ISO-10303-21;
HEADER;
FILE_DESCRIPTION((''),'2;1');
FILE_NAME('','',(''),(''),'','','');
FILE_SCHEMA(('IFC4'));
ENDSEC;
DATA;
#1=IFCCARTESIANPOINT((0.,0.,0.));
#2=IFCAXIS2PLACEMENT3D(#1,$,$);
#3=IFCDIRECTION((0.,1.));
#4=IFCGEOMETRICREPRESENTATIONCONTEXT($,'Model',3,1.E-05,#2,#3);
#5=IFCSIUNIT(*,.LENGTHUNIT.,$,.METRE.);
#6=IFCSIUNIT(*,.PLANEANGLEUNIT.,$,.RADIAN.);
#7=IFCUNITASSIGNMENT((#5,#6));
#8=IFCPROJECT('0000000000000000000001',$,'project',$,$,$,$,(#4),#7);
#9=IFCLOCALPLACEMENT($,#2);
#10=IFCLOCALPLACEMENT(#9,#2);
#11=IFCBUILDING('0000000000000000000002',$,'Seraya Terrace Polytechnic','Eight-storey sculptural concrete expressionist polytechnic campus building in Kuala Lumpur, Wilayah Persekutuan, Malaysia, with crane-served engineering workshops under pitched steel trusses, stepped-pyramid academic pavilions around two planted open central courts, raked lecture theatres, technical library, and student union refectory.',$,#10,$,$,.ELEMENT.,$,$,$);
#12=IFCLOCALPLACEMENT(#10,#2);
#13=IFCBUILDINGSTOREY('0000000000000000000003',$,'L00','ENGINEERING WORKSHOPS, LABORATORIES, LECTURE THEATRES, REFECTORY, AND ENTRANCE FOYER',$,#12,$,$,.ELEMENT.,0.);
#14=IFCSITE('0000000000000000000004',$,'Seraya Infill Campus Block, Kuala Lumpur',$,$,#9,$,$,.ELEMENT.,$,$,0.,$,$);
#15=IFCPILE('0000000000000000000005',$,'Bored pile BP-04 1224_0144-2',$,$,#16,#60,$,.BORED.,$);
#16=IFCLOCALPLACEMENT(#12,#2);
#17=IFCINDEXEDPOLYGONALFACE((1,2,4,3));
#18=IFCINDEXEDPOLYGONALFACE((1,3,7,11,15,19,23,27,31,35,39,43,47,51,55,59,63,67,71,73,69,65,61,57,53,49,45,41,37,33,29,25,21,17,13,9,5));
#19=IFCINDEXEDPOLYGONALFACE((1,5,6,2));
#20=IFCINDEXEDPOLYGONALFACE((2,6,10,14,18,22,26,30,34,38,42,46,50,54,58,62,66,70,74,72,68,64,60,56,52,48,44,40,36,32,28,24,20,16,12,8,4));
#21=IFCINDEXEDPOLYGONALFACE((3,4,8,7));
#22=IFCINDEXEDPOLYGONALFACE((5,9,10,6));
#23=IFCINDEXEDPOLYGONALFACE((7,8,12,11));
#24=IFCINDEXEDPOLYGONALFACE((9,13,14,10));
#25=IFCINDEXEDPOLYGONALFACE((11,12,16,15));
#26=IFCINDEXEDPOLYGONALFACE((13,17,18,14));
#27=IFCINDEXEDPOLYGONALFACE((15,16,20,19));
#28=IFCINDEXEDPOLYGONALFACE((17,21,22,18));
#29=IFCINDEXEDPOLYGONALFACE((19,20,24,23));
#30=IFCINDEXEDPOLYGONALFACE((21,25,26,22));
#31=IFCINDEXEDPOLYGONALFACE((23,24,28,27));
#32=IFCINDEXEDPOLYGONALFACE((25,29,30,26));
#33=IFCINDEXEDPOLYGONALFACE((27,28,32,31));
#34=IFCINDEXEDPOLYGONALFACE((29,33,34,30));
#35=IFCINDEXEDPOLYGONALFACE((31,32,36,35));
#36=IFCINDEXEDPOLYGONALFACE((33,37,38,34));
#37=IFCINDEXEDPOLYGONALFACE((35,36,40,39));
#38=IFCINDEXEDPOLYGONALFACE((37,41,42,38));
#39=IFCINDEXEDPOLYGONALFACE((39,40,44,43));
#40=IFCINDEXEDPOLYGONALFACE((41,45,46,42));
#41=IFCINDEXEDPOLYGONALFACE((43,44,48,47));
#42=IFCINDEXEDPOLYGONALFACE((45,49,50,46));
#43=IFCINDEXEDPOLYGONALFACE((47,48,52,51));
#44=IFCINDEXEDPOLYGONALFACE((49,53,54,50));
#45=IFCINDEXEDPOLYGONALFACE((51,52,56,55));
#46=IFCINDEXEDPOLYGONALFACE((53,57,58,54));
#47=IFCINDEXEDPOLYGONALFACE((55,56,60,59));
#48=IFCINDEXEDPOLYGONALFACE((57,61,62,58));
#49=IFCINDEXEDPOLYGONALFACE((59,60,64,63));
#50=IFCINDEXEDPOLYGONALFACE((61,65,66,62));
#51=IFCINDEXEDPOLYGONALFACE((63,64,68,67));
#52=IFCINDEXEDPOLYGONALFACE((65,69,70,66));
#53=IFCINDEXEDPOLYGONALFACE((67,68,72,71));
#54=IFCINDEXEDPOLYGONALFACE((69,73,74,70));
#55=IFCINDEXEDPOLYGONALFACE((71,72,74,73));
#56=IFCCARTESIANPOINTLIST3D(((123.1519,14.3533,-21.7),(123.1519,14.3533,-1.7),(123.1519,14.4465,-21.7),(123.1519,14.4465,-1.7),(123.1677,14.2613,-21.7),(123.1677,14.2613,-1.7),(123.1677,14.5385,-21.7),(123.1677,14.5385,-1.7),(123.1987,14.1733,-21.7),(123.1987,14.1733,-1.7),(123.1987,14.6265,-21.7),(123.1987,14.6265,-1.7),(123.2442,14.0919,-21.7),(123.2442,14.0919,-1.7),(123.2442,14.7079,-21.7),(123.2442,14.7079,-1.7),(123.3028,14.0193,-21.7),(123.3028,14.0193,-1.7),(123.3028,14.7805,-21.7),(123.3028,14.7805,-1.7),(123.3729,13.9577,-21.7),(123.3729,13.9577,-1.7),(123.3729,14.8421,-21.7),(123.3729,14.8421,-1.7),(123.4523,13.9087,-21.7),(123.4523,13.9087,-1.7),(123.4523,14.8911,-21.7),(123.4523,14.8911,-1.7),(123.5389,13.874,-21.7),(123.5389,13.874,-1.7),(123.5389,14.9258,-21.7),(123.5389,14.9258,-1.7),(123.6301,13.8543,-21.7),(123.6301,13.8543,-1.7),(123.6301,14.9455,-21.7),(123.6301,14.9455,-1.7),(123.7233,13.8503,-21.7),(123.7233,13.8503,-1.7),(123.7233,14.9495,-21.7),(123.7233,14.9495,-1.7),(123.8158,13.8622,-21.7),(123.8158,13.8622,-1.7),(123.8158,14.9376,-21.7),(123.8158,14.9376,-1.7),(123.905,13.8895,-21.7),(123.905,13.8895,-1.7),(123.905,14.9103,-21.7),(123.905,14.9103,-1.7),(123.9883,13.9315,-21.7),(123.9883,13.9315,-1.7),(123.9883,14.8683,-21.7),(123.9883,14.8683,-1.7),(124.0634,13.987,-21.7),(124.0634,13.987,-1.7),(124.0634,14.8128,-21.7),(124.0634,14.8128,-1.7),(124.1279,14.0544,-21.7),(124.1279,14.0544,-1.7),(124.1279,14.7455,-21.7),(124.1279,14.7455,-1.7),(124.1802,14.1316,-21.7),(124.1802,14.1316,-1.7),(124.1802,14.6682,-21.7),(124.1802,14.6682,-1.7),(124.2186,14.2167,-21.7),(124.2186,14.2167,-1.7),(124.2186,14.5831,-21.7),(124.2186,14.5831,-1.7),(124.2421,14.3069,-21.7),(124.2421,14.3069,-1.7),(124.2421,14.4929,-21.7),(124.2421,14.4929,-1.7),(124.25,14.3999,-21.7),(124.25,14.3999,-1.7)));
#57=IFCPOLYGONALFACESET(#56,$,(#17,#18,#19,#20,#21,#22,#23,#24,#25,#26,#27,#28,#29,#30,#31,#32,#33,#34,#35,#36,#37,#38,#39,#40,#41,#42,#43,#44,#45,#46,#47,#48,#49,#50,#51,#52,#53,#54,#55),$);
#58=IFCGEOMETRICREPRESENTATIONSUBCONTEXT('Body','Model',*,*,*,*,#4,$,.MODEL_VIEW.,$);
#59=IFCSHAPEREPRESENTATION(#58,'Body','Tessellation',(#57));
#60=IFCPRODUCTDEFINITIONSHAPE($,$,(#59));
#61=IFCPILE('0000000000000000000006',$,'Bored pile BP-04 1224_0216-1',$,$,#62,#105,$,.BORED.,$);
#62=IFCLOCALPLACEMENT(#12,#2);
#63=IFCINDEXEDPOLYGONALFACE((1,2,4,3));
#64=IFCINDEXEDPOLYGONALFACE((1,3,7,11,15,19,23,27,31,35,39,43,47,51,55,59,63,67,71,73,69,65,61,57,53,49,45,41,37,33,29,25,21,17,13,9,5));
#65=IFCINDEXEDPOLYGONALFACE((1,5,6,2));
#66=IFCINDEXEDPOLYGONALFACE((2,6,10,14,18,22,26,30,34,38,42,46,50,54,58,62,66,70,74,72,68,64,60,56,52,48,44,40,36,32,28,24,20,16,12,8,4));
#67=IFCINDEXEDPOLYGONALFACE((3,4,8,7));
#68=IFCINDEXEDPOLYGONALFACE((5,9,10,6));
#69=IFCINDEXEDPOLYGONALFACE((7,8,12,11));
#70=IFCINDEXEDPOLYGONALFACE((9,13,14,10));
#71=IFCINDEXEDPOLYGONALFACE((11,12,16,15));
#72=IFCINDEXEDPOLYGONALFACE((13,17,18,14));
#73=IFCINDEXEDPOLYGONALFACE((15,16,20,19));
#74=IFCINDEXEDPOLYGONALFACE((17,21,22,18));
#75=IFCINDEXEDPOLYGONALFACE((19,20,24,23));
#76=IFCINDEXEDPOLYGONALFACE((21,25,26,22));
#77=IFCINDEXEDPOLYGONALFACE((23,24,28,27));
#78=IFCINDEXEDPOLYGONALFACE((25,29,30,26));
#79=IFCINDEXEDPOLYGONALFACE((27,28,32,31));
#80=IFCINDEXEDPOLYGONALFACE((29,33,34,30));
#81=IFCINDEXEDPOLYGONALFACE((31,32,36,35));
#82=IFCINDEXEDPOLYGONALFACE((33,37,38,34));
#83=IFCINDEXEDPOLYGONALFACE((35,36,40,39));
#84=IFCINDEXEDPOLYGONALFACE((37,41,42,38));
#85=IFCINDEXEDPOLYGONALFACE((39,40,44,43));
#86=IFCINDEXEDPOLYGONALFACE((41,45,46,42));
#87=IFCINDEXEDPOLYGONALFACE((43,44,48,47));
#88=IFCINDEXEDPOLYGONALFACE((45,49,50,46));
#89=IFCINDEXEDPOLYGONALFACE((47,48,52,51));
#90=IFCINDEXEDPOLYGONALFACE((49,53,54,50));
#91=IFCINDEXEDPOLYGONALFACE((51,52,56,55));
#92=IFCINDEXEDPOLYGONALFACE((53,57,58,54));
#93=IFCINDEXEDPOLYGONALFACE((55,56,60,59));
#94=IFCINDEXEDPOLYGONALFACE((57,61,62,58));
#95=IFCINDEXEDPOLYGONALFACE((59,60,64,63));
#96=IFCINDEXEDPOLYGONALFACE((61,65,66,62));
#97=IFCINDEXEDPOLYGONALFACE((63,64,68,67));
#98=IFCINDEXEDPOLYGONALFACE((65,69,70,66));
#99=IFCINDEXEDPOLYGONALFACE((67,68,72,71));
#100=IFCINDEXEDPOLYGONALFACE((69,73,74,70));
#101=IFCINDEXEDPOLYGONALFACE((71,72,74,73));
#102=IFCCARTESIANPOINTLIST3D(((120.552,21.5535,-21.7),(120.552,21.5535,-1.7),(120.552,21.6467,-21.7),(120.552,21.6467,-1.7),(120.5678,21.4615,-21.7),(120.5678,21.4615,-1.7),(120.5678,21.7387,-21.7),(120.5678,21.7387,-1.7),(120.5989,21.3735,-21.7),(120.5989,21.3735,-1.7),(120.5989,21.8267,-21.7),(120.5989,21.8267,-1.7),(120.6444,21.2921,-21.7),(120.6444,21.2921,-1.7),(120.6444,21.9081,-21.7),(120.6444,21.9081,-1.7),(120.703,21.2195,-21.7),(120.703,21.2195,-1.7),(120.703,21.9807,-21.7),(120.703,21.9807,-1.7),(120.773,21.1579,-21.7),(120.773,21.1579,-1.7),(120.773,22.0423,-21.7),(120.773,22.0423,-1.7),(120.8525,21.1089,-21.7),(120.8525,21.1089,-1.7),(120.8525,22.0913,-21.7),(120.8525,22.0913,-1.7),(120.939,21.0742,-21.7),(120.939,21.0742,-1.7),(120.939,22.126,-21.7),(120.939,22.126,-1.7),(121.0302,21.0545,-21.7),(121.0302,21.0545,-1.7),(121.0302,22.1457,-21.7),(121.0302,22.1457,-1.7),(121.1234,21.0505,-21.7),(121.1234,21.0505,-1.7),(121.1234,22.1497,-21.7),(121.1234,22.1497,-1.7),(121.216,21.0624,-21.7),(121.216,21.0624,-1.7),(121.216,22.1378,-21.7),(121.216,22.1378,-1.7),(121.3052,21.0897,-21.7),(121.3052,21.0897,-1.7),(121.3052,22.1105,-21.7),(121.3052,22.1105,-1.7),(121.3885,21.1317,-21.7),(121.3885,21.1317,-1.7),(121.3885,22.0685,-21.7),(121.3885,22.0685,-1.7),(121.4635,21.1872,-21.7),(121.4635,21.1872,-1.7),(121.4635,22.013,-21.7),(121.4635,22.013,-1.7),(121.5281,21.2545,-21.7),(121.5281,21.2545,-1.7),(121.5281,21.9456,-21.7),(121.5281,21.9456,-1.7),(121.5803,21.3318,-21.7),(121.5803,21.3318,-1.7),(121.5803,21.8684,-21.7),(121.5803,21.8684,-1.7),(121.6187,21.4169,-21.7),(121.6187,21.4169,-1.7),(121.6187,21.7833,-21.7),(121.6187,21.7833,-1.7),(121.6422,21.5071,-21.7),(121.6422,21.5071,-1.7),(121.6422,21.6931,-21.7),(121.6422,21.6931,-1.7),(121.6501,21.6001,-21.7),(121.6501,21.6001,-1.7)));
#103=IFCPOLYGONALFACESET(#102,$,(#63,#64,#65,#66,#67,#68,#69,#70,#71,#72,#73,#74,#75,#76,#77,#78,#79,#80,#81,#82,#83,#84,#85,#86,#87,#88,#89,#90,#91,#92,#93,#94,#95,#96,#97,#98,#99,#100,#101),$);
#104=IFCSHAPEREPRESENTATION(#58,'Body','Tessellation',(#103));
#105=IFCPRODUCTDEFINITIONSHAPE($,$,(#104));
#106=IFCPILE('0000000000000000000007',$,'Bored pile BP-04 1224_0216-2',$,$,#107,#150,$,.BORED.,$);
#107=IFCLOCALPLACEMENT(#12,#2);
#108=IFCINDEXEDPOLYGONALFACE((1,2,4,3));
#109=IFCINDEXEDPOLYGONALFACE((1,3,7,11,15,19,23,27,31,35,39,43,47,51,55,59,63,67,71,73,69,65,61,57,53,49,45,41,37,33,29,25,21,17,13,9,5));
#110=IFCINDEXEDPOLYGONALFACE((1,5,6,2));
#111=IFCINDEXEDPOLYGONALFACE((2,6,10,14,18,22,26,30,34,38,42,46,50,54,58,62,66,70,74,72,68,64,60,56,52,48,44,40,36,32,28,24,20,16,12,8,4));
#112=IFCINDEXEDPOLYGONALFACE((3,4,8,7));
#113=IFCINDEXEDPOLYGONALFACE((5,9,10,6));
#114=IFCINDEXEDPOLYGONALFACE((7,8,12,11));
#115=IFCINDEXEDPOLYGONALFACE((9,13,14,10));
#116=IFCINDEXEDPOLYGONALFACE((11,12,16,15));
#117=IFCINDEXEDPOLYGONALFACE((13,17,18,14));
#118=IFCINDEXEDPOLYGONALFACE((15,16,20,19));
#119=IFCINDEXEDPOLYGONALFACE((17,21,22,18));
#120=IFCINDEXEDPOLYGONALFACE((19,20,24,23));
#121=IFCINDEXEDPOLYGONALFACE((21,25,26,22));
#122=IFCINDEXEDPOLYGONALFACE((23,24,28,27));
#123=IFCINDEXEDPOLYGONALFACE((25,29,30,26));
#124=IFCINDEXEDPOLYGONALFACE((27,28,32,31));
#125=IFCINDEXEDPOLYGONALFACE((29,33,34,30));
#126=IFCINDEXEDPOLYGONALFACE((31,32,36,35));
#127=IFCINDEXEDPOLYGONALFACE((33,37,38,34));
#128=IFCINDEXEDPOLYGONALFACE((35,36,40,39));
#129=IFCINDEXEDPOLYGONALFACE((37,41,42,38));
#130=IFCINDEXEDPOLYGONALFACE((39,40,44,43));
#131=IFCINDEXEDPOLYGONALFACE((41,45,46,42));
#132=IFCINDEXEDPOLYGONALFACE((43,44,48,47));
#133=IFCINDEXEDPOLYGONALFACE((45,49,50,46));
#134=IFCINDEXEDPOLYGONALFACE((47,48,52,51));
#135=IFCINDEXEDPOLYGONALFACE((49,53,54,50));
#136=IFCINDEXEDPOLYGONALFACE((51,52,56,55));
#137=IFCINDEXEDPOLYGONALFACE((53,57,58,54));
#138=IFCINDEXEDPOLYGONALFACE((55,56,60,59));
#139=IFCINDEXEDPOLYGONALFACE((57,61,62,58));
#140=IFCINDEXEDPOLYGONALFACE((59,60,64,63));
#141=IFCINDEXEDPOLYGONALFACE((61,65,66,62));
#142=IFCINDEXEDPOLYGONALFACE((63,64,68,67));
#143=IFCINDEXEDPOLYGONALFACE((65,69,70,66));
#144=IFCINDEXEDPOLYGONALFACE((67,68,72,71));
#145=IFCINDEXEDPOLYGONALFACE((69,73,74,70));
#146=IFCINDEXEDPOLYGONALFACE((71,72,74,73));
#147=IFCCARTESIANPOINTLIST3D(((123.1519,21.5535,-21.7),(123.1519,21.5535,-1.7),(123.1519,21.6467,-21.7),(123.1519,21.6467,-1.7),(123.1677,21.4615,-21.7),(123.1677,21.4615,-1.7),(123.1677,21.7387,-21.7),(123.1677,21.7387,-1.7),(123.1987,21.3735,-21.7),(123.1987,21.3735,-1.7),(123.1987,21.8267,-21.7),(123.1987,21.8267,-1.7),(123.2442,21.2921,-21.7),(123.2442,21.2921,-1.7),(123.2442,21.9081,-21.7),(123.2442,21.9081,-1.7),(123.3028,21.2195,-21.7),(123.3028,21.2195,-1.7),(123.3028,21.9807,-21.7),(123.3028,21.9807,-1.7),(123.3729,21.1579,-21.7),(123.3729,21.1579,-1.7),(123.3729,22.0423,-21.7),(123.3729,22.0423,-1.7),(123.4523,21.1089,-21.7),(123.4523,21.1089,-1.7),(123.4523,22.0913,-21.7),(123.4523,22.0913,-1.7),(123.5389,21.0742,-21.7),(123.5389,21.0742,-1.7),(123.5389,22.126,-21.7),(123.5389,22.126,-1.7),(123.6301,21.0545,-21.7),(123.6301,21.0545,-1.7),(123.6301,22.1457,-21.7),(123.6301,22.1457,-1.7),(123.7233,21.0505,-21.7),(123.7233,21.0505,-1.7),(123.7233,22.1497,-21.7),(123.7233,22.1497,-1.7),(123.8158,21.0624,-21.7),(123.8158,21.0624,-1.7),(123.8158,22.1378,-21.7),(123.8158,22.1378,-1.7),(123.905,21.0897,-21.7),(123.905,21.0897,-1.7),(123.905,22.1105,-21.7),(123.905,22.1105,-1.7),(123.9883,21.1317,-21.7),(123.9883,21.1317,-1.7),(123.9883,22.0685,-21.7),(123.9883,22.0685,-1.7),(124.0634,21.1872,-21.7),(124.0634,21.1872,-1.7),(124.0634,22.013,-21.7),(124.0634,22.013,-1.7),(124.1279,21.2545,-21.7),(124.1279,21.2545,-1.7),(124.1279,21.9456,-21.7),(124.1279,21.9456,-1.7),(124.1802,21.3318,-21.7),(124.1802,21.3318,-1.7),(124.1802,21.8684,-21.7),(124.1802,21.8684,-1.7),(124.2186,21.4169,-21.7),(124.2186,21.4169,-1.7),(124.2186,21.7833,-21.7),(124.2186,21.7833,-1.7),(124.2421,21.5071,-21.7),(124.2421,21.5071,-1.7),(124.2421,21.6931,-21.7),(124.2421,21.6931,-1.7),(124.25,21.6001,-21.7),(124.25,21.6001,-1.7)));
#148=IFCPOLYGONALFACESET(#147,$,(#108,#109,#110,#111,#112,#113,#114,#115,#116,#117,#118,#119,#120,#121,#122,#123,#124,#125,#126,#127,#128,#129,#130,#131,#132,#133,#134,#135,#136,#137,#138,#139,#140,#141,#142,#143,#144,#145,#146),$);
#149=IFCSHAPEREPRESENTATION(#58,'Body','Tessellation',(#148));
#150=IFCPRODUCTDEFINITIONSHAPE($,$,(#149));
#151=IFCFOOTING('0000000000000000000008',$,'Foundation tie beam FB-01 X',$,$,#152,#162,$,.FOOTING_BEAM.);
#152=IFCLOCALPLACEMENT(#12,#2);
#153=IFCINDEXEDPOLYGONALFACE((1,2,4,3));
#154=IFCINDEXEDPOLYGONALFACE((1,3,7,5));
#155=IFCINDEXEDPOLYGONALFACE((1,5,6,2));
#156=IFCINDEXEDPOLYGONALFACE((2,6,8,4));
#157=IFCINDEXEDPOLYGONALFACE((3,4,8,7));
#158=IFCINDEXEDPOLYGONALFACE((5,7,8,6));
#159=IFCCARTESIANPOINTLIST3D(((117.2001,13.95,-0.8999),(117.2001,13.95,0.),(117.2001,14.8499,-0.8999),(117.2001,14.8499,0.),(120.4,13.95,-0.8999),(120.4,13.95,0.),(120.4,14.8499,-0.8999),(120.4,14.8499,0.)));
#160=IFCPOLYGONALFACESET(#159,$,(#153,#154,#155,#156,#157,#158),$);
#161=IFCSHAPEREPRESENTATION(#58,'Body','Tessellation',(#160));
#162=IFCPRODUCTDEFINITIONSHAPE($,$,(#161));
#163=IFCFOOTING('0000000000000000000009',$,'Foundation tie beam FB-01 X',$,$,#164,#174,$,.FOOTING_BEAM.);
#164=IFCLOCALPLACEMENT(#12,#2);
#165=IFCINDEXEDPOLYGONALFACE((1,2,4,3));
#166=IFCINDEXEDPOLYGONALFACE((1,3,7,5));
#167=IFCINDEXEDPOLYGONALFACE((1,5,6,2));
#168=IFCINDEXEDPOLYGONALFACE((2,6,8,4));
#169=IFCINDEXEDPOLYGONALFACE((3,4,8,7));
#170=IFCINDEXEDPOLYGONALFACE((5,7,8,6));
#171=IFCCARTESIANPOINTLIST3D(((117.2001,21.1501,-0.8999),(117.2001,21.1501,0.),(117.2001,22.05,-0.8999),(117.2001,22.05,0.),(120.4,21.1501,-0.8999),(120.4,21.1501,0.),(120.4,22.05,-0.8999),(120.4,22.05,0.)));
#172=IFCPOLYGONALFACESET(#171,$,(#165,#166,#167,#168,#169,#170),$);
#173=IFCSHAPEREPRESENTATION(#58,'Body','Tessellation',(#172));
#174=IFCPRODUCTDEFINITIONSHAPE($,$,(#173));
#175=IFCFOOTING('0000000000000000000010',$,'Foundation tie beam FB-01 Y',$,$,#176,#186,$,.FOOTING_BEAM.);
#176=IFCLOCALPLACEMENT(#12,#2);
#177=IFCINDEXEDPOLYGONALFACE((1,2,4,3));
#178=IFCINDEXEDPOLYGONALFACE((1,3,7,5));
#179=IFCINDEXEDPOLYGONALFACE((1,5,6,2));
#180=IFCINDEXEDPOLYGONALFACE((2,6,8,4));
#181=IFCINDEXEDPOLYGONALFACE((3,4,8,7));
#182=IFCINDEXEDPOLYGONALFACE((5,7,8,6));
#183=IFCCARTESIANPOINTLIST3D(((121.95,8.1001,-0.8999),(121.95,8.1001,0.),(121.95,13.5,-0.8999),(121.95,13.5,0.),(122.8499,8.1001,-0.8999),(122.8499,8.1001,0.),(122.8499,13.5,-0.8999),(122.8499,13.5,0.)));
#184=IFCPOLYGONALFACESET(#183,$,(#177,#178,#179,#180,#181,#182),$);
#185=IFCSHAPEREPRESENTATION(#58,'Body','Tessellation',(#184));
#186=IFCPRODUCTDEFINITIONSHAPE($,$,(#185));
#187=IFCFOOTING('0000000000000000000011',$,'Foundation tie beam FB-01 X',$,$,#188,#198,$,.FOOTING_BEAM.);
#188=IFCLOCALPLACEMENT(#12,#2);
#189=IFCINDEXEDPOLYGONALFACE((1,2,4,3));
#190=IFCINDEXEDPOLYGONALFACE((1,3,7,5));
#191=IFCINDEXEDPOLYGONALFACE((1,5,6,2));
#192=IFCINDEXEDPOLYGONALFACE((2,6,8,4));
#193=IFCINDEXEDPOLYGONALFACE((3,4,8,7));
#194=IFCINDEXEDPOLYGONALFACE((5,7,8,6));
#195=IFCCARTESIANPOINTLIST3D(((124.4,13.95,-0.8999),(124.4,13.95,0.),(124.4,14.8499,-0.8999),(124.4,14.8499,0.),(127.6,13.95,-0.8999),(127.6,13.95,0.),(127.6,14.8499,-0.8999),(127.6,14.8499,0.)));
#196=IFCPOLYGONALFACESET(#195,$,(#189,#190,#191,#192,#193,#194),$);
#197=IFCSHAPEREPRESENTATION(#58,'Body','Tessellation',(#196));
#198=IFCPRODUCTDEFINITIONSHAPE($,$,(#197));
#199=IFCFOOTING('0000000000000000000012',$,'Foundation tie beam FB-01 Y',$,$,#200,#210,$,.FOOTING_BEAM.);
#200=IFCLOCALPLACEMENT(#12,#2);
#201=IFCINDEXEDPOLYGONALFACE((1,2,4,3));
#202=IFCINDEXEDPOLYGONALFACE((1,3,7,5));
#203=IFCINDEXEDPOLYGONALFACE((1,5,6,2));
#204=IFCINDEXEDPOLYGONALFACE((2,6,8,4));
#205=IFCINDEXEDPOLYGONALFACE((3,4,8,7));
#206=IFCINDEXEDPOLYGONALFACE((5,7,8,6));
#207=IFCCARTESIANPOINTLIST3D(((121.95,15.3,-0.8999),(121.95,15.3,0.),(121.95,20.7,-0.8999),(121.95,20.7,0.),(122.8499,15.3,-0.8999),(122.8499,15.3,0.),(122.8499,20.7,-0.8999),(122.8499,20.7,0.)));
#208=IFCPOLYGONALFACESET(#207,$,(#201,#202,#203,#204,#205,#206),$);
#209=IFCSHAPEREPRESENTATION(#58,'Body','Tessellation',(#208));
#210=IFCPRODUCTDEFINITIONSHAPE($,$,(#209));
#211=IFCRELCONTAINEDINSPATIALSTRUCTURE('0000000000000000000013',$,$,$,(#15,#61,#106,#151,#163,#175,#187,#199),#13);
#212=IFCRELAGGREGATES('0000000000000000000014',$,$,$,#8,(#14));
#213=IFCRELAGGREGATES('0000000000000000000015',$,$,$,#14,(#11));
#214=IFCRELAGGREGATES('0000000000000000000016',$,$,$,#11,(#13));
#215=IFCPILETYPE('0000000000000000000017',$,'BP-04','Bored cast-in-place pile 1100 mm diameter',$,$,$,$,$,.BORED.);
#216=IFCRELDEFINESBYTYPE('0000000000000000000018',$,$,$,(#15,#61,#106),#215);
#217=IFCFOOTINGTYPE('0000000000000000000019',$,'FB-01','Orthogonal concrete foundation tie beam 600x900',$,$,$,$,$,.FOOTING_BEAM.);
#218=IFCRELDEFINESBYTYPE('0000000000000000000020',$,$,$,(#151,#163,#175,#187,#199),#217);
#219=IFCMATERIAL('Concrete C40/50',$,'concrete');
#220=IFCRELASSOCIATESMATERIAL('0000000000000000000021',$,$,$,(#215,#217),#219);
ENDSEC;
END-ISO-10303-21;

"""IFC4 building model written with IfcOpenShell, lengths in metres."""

from ifc_helpers import new_model, si_unit, direction, frame, origin, origin_2d, place, context, subcontext, project, spatial, rectangle, circle, extrude, material, material_profile, profile_set, type_object, element, save


model = new_model("IFC4")

# Units and contexts
model_context = context("Model", 3, precision=1e-05, world=origin(), true_north=direction((0.0, 1.0)))
body_context = subcontext(model_context, "Body", "Model", "MODEL_VIEW")
ifc_project = project(units=[si_unit("LENGTHUNIT", "METRE"), si_unit("PLANEANGLEUNIT", "RADIAN")], contexts=[model_context])

# Site, building, storey
site_placement = place(None, origin())
site = spatial("IfcSite", under=ifc_project, at=site_placement, Name="Seraya Infill Campus Block, Kuala Lumpur", CompositionType="ELEMENT", RefElevation=0.0)
building_placement = place(site_placement, origin())
building = spatial("IfcBuilding", under=site, at=building_placement, Name="Seraya Terrace Polytechnic", Description="Eight-storey sculptural concrete expressionist polytechnic campus building in Kuala Lumpur, Wilayah Persekutuan, Malaysia, with crane-served engineering workshops under pitched steel trusses, stepped-pyramid academic pavilions around two planted open central courts, raked lecture theatres, technical library, and student union refectory.", CompositionType="ELEMENT")
storey_placement = place(building_placement, origin())
storey = spatial("IfcBuildingStorey", under=building, at=storey_placement, Name="L00", Description="ENGINEERING WORKSHOPS, LABORATORIES, LECTURE THEATRES, REFECTORY, AND ENTRANCE FOYER", CompositionType="ELEMENT", Elevation=0.0)

# Piles
ifc_material_1 = material(Name="Concrete C40/50", Category="concrete")
ifc_material_profile_1 = material_profile(ifc_material_1, circle(Radius=0.55, at=origin_2d()), Name="DIA 1100")
ifc_profile_set_1 = profile_set([ifc_material_profile_1], Name="Concrete C40/50")
pile_type_1 = type_object("IfcPileType", Name="BP-04", Description="Bored cast-in-place pile 1100 mm diameter", PredefinedType="BORED", material=ifc_profile_set_1)
for number, where, z_axis, x_axis, name in (
    (1, (123.7, 14.3999, -1.7), (0.0, 0.0, -1.0), (1.0, 0.0, 0.0), "Bored pile BP-04 1224_0144-2"),
    (2, (121.1001, 21.6001, -1.7), (0.0, 0.0, -1.0), (1.0, 0.0, 0.0), "Bored pile BP-04 1224_0216-1"),
    (3, (123.7, 21.6001, -1.7), (0.0, 0.0, -1.0), (1.0, 0.0, 0.0), "Bored pile BP-04 1224_0216-2"),
):
    element("IfcPile", number, at=place(storey_placement, frame(where, z_axis=z_axis, x_axis=x_axis)), inside=storey, type_object=pile_type_1, Name=name, PredefinedType="BORED", context=body_context, shape_type="SweptSolid", body=[
        extrude(circle(Radius=0.55, at=origin_2d()), origin(), (0.0, 0.0, 1.0), 20.0),
    ])

# Footings
footing_type_1 = type_object("IfcFootingType", Name="FB-01", Description="Orthogonal concrete foundation tie beam 600x900", PredefinedType="FOOTING_BEAM", material=ifc_material_1)
for number, where, z_axis, x_axis, name in (
    (4, (118.8, 14.3999, -0.8999), (0.0, 0.0, 1.0), (1.0, 0.0, 0.0), "Foundation tie beam FB-01 X"),
    (5, (118.8, 21.6001, -0.8999), (0.0, 0.0, 1.0), (1.0, 0.0, 0.0), "Foundation tie beam FB-01 X"),
):
    element("IfcFooting", number, at=place(storey_placement, frame(where, z_axis=z_axis, x_axis=x_axis)), inside=storey, type_object=footing_type_1, Name=name, PredefinedType="FOOTING_BEAM", context=body_context, shape_type="SweptSolid", body=[
        extrude(rectangle(XDim=3.2, YDim=0.8999, at=origin_2d()), origin(), (0.0, 0.0, 1.0), 0.8999),
    ])
footing_1_placement = place(storey_placement, frame((122.3999, 10.8, -0.8999), z_axis=(0.0, 0.0, 1.0), x_axis=(0.0, 1.0, 0.0)))
element("IfcFooting", 6, at=footing_1_placement, inside=storey, type_object=footing_type_1, Name="Foundation tie beam FB-01 Y", PredefinedType="FOOTING_BEAM", context=body_context, shape_type="SweptSolid", body=[
    extrude(rectangle(XDim=5.3999, YDim=0.8999, at=origin_2d()), origin(), (0.0, 0.0, 1.0), 0.8999),
])
footing_2_placement = place(storey_placement, frame((126.0, 14.3999, -0.8999), z_axis=(0.0, 0.0, 1.0), x_axis=(1.0, 0.0, 0.0)))
element("IfcFooting", 7, at=footing_2_placement, inside=storey, type_object=footing_type_1, Name="Foundation tie beam FB-01 X", PredefinedType="FOOTING_BEAM", context=body_context, shape_type="SweptSolid", body=[
    extrude(rectangle(XDim=3.2, YDim=0.8999, at=origin_2d()), origin(), (0.0, 0.0, 1.0), 0.8999),
])
footing_3_placement = place(storey_placement, frame((122.3999, 18.0, -0.8999), z_axis=(0.0, 0.0, 1.0), x_axis=(0.0, 1.0, 0.0)))
element("IfcFooting", 8, at=footing_3_placement, inside=storey, type_object=footing_type_1, Name="Foundation tie beam FB-01 Y", PredefinedType="FOOTING_BEAM", context=body_context, shape_type="SweptSolid", body=[
    extrude(rectangle(XDim=5.3999, YDim=0.8999, at=origin_2d()), origin(), (0.0, 0.0, 1.0), 0.8999),
])

save(model, "model.ifc")
